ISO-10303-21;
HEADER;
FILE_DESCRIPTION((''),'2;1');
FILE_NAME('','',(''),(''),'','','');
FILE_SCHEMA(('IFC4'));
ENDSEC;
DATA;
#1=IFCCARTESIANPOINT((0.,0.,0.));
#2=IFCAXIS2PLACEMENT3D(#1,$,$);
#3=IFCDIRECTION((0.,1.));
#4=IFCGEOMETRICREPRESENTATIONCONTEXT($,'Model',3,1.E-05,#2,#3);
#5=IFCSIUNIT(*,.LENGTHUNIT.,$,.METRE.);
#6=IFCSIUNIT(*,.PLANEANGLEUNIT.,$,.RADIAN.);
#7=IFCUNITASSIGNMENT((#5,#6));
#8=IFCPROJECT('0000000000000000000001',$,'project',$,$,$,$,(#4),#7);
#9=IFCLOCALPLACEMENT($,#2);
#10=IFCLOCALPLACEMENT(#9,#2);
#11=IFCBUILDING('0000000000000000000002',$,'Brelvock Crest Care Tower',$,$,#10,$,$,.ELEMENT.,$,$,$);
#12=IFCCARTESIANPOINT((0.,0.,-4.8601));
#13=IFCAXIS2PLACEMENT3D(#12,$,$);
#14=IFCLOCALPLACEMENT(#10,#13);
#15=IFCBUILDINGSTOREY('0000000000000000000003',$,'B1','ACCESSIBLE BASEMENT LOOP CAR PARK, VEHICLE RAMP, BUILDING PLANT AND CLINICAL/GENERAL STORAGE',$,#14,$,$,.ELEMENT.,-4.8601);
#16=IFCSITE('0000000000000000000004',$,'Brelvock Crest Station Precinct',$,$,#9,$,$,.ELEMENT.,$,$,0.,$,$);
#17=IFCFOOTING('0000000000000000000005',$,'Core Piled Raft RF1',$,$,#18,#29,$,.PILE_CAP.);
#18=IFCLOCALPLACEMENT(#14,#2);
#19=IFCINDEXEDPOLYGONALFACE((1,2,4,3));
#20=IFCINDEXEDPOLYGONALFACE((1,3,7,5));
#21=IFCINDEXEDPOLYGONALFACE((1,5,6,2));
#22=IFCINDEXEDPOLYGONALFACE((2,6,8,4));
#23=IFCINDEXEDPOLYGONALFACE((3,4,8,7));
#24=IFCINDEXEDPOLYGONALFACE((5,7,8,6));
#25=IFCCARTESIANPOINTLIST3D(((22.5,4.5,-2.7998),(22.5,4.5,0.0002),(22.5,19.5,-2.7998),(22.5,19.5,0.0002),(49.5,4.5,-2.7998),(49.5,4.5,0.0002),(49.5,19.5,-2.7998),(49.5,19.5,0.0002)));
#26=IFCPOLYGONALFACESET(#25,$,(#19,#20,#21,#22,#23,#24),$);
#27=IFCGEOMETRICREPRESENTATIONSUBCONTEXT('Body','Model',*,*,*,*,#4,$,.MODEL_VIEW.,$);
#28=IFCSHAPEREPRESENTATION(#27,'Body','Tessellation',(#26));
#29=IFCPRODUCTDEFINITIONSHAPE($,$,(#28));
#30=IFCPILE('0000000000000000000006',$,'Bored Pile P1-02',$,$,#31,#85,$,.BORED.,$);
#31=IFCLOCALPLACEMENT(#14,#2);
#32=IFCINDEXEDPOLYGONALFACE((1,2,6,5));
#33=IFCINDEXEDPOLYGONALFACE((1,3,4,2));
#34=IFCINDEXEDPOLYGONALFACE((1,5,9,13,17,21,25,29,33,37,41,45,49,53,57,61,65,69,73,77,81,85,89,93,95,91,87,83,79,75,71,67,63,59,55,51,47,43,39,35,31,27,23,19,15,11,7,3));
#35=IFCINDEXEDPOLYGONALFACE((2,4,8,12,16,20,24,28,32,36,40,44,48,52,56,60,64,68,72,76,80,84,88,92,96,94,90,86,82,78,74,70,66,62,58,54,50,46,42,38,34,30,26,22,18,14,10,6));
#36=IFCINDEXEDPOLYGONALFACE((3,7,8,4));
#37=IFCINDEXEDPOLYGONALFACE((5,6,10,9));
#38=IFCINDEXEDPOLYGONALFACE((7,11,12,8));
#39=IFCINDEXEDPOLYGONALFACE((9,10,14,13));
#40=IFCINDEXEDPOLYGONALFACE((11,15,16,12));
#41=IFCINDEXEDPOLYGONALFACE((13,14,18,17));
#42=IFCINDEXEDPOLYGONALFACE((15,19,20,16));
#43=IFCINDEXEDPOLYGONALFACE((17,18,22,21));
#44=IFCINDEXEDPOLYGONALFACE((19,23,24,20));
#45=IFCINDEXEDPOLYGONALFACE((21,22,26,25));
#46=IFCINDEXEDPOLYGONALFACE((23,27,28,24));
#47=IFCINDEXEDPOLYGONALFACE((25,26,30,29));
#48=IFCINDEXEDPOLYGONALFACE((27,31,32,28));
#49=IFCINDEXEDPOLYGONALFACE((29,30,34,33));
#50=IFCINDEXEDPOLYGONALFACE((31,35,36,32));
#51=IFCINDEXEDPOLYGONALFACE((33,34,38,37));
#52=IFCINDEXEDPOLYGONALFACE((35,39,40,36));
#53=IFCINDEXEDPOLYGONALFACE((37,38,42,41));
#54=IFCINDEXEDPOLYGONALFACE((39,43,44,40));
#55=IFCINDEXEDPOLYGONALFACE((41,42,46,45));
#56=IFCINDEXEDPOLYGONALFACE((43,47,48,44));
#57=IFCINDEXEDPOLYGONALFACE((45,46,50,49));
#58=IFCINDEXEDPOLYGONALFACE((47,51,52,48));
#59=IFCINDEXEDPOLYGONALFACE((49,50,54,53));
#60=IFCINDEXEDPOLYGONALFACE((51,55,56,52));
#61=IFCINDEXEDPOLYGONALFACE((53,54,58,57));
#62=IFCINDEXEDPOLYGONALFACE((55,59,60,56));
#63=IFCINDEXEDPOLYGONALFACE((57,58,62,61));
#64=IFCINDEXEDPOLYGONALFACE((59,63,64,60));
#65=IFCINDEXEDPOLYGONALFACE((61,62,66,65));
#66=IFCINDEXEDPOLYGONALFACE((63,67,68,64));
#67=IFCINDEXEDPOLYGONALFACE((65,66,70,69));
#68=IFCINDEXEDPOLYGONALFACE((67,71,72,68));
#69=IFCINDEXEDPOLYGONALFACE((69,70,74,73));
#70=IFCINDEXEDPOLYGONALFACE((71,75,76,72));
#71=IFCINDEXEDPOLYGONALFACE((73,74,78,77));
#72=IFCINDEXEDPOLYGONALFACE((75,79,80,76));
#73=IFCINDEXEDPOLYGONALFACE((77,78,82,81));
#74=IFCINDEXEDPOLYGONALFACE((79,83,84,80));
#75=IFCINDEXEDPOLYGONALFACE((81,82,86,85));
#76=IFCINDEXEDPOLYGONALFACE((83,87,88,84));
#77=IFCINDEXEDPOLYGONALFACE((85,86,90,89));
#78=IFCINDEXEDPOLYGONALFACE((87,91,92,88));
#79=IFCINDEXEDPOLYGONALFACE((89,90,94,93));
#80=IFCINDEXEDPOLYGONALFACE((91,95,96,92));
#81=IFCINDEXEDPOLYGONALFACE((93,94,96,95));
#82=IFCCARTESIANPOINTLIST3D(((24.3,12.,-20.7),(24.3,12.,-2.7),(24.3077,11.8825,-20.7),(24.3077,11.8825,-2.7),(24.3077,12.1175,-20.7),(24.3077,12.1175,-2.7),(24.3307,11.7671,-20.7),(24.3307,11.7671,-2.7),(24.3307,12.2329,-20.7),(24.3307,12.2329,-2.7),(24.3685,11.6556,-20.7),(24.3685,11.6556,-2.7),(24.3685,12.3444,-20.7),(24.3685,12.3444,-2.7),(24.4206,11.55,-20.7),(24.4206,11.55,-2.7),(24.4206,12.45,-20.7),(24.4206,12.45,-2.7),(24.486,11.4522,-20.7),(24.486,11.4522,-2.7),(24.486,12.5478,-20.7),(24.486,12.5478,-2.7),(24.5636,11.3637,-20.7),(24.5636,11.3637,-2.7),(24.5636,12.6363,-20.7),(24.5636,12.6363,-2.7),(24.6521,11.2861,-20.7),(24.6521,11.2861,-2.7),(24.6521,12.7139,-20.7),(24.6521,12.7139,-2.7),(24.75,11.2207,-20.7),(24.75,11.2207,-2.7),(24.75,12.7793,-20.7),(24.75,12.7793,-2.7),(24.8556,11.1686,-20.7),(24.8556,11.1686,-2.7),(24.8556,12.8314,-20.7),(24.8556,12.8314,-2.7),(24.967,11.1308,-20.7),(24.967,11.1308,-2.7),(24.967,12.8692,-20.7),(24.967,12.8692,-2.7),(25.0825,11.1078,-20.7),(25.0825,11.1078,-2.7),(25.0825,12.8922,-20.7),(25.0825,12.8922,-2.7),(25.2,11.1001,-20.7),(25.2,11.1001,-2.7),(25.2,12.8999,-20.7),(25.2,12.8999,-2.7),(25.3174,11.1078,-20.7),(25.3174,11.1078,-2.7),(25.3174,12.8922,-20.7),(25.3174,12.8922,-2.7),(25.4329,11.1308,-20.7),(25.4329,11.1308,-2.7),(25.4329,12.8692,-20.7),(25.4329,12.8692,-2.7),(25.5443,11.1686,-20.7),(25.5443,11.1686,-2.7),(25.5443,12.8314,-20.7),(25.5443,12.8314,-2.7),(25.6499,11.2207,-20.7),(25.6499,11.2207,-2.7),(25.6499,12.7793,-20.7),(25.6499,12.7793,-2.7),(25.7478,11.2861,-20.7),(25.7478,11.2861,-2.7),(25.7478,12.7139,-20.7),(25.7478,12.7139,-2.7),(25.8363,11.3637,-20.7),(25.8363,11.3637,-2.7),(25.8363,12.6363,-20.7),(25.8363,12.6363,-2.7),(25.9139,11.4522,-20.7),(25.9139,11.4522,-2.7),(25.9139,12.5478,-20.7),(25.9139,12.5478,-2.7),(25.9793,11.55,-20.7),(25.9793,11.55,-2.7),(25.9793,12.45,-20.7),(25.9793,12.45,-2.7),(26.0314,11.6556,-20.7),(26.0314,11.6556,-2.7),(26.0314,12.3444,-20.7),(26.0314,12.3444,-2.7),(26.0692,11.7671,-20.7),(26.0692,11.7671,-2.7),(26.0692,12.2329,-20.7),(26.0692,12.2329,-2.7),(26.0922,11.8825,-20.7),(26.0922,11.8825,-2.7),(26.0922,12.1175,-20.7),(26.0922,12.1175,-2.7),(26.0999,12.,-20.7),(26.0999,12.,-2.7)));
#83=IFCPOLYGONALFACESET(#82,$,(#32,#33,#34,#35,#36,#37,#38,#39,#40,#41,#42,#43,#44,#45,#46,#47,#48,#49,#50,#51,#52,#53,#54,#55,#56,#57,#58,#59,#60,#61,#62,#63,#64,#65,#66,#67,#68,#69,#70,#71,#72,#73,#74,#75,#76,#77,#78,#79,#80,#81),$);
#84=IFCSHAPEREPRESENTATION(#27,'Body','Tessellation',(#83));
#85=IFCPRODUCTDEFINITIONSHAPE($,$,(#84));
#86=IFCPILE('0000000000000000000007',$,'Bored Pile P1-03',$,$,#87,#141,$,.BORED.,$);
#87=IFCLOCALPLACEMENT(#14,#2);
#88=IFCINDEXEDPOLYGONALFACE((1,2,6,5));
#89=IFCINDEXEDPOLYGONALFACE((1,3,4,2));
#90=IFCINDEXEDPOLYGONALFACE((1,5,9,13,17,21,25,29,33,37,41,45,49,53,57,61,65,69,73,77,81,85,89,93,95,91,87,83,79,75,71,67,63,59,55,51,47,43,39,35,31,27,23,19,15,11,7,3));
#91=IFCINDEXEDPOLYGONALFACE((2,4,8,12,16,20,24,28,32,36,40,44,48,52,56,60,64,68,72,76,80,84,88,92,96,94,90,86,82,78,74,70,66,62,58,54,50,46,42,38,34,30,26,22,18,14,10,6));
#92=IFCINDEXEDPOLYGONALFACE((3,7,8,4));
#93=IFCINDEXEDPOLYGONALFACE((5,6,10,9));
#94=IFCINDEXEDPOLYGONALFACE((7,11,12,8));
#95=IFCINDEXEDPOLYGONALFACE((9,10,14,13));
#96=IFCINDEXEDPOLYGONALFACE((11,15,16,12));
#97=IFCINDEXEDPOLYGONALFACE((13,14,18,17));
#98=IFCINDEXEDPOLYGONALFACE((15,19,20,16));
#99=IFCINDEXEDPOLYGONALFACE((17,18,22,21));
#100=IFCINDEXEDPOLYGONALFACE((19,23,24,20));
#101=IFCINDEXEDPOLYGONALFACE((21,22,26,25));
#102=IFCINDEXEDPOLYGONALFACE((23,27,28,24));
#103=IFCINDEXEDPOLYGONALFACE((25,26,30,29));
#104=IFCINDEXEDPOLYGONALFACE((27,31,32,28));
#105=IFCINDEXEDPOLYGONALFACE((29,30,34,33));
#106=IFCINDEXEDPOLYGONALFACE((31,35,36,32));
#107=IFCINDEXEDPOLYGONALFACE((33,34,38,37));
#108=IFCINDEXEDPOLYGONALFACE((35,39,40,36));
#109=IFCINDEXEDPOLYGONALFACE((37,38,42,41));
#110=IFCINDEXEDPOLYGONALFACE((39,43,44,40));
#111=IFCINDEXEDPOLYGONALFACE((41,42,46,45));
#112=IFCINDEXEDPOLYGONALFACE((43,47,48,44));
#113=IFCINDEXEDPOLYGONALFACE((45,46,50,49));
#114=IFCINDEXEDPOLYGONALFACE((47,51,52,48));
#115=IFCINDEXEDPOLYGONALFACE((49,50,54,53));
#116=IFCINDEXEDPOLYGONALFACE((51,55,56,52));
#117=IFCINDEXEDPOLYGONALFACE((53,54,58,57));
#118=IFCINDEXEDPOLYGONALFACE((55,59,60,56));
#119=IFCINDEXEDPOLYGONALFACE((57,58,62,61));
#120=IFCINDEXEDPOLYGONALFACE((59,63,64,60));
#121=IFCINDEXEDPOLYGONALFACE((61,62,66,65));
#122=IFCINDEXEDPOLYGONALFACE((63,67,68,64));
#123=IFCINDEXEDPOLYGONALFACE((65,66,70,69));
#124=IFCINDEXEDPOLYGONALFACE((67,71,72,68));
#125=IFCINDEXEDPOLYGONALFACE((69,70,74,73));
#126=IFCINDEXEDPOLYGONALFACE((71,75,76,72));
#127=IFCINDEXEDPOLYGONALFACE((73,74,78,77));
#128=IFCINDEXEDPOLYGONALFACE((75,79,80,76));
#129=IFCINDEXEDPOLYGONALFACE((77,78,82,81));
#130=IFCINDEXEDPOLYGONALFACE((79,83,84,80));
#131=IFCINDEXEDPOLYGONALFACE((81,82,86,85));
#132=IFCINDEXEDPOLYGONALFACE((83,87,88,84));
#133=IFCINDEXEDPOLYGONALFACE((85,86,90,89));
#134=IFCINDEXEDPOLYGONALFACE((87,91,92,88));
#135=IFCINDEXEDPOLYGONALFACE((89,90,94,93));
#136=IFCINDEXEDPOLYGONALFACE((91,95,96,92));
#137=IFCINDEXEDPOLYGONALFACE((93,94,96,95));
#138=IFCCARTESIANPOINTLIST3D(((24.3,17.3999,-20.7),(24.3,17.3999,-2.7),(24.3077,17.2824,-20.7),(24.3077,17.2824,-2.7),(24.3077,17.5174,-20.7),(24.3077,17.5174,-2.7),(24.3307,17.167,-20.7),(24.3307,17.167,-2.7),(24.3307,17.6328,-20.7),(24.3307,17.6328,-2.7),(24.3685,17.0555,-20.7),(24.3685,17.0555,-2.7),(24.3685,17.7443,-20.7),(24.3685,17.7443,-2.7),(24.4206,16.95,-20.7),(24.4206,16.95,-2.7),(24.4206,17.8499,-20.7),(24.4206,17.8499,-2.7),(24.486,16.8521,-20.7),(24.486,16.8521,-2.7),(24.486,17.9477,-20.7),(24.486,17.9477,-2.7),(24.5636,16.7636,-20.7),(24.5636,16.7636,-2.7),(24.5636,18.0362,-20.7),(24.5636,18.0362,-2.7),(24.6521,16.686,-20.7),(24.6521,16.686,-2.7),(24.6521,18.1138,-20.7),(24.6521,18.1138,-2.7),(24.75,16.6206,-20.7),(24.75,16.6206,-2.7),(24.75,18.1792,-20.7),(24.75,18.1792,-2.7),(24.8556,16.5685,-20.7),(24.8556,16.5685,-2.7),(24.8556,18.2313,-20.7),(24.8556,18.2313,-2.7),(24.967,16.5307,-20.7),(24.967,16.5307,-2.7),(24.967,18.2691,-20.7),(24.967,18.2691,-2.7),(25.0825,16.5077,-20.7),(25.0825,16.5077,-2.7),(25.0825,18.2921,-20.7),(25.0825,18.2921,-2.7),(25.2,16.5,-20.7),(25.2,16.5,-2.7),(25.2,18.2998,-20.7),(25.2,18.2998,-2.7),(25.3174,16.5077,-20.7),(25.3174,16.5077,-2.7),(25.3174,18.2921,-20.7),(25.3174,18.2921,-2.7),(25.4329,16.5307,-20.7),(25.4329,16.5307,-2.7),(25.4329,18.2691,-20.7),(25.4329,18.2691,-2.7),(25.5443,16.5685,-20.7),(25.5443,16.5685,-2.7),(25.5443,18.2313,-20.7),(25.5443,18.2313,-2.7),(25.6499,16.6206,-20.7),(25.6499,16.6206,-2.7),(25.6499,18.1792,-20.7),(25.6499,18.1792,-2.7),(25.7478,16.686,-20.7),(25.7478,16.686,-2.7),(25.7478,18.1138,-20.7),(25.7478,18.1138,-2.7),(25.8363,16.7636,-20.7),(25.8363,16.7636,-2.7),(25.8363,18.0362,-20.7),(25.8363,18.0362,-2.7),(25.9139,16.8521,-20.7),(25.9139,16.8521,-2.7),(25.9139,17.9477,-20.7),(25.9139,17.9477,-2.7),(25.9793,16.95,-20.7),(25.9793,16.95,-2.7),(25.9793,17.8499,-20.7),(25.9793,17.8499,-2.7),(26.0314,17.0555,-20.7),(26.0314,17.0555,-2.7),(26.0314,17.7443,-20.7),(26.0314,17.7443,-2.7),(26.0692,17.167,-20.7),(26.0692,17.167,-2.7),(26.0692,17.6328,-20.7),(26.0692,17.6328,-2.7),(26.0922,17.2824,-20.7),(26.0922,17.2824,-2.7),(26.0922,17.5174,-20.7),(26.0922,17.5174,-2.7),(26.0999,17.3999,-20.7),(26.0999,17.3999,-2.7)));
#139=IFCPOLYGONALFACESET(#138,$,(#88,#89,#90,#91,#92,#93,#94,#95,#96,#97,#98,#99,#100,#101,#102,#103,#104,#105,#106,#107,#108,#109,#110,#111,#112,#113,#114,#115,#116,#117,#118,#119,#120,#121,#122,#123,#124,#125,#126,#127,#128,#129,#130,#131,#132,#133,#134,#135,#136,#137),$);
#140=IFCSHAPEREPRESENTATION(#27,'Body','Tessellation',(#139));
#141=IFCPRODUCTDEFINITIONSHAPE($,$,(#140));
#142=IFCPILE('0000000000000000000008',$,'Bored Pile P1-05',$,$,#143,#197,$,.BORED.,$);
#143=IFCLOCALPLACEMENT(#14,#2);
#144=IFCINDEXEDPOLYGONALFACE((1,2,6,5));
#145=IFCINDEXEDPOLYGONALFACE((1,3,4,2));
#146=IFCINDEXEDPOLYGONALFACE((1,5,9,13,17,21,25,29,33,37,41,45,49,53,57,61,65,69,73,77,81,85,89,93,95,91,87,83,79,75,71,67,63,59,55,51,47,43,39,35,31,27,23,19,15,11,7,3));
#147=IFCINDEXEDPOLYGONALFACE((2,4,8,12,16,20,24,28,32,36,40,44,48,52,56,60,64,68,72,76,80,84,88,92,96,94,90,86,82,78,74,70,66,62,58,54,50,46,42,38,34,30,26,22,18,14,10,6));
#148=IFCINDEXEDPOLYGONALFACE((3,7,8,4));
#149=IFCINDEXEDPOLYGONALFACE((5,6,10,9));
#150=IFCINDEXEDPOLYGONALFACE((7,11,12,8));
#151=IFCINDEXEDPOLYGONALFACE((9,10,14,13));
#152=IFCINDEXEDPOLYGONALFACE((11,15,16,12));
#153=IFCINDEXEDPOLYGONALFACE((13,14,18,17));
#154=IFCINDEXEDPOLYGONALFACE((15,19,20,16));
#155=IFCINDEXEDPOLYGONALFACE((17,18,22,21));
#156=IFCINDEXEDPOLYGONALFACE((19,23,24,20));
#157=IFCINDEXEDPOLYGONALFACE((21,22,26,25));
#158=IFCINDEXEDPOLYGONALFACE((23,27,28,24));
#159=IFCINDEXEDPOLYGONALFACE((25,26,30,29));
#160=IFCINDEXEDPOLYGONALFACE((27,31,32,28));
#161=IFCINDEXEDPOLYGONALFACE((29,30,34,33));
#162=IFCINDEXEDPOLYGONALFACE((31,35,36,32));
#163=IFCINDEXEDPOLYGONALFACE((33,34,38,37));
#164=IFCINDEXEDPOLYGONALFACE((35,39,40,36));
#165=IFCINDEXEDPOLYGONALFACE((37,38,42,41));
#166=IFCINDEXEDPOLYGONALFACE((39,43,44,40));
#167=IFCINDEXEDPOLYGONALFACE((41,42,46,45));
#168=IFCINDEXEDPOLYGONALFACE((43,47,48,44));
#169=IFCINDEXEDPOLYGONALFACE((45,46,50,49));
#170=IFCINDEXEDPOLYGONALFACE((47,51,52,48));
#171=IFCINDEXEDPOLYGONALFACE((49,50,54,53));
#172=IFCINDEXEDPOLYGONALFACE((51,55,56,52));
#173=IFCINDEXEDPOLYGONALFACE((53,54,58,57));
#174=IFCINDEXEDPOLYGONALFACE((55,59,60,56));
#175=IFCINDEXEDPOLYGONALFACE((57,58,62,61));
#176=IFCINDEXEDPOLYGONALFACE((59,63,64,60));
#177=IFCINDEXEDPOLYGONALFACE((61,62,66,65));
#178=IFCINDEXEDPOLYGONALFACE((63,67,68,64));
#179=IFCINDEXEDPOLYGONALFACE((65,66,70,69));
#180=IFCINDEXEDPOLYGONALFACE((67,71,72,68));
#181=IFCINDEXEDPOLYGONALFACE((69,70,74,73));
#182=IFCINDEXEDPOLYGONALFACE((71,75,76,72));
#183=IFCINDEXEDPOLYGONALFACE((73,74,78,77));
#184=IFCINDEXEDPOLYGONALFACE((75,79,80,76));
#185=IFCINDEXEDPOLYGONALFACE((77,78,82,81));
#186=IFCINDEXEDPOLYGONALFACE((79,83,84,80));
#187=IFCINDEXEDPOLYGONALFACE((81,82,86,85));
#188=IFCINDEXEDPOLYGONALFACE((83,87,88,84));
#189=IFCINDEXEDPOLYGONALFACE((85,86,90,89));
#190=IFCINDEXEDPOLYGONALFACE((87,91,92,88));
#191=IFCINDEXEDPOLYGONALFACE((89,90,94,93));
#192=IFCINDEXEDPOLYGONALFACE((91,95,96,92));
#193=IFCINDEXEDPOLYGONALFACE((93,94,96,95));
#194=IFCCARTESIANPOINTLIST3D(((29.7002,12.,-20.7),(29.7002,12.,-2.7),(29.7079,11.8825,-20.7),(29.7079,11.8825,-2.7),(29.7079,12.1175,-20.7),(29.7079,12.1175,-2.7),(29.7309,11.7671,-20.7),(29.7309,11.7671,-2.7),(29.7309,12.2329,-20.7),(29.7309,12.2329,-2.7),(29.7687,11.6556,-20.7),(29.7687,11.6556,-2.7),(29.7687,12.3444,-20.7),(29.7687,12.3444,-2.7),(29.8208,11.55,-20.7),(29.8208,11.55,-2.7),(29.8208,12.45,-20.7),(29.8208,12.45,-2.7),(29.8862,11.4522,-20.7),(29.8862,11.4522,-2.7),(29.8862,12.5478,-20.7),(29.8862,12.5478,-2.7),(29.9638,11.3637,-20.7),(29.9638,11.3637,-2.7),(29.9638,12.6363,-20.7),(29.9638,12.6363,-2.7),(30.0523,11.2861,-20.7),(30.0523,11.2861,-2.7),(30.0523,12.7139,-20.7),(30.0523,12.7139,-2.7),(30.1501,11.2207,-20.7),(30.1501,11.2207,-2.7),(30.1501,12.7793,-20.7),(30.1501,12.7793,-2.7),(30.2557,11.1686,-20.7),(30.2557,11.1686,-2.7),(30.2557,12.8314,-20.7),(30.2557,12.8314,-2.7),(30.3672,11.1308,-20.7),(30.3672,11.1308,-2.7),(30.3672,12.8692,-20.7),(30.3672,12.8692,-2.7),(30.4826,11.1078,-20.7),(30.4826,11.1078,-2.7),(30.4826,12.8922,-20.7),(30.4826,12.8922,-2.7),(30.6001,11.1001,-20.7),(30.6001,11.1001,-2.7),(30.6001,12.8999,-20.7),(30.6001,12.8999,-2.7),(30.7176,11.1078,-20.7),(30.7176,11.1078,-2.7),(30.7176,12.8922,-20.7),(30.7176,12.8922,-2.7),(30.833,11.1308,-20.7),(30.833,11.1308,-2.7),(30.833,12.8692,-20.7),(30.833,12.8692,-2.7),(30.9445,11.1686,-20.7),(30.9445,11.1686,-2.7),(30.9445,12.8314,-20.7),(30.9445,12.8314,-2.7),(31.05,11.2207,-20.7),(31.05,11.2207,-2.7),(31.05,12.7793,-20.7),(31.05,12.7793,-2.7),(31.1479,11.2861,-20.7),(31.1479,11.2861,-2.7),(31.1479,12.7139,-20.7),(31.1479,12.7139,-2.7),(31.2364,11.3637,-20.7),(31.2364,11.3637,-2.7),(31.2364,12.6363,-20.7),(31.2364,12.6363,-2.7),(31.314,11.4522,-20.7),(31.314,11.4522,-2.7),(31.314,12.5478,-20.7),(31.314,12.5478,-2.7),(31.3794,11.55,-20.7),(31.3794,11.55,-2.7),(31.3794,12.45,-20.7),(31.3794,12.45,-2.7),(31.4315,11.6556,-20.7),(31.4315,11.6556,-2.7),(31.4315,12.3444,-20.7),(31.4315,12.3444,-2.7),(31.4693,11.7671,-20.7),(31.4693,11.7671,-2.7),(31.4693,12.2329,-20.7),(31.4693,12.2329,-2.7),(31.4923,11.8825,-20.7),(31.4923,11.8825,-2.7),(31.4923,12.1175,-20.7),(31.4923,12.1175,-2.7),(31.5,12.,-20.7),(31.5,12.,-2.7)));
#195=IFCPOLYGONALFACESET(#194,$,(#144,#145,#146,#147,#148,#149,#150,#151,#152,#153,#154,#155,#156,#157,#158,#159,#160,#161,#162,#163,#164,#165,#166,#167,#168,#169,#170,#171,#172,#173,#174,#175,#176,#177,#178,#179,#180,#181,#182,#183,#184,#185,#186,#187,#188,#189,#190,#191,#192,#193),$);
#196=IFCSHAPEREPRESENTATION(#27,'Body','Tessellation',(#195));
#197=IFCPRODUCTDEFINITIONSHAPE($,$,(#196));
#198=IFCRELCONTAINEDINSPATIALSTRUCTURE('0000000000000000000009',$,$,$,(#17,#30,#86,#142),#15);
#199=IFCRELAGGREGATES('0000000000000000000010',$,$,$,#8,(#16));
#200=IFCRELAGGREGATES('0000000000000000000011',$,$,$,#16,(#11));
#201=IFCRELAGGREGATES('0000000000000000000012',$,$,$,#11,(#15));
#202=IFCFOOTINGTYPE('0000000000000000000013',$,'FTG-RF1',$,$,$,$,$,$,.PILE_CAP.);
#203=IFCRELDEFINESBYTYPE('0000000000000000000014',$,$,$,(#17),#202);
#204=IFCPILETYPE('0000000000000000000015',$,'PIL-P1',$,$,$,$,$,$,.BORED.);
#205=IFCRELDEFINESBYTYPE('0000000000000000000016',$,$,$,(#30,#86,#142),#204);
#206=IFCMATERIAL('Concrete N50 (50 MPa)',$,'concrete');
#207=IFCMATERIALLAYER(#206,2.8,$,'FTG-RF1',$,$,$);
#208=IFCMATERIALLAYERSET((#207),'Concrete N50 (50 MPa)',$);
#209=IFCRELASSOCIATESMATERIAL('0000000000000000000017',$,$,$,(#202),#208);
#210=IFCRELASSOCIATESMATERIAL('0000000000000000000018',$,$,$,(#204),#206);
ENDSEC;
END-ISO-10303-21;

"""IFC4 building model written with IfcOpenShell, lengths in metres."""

from ifc_helpers import new_model, si_unit, direction, frame, origin, origin_2d, place, context, subcontext, project, spatial, rectangle, circle, extrude, source, transform, mapped, material, layer, layer_set, material_profile, profile_set, type_object, element, save


model = new_model("IFC4")

# Units and contexts
model_context = context("Model", 3, precision=1e-05, world=origin(), true_north=direction((0.0, 1.0)))
body_context = subcontext(model_context, "Body", "Model", "MODEL_VIEW")
ifc_project = project(units=[si_unit("LENGTHUNIT", "METRE"), si_unit("PLANEANGLEUNIT", "RADIAN")], contexts=[model_context])

# Site, building, storey
site_placement = place(None, origin())
site = spatial("IfcSite", under=ifc_project, at=site_placement, Name="Brelvock Crest Station Precinct", CompositionType="ELEMENT", RefElevation=0.0)
building_placement = place(site_placement, origin())
building = spatial("IfcBuilding", under=site, at=building_placement, Name="Brelvock Crest Care Tower", CompositionType="ELEMENT")
storey_placement = place(building_placement, frame((0.0, 0.0, -4.8601)))
storey = spatial("IfcBuildingStorey", under=building, at=storey_placement, Name="B1", Description="ACCESSIBLE BASEMENT LOOP CAR PARK, VEHICLE RAMP, BUILDING PLANT AND CLINICAL/GENERAL STORAGE", CompositionType="ELEMENT", Elevation=-4.8601)

# Footing
ifc_material_1 = material(Name="Concrete N50 (50 MPa)", Category="concrete")
ifc_layer_1 = layer(ifc_material_1, 2.8, Name="FTG-RF1")
ifc_layer_set_1 = layer_set([ifc_layer_1], Name="Concrete N50 (50 MPa)")
footing_type_1 = type_object("IfcFootingType", Name="FTG-RF1", PredefinedType="PILE_CAP", material=ifc_layer_set_1)
shared_shape_1 = source(origin(), body_context, "Body", "SweptSolid", [
    extrude(rectangle(XDim=27.0, YDim=15.0, at=origin_2d()), origin(), (0.0, 0.0, 1.0), 2.8),
])
footing_placement = place(storey_placement, frame((36.0, 12.0, -2.7998), z_axis=(0.0, 0.0, 1.0), x_axis=(1.0, 0.0, 0.0)))
element("IfcFooting", 1, at=footing_placement, inside=storey, type_object=footing_type_1, Name="Core Piled Raft RF1", PredefinedType="PILE_CAP", context=body_context, shape_type="MappedRepresentation", body=[
    mapped(shared_shape_1, transform((0.0, 0.0, 0.0), x_axis=(1.0, 0.0, 0.0), y_axis=(0.0, 1.0, 0.0), z_axis=(0.0, 0.0, 1.0), scale=1.0)),
])

# Piles
ifc_material_profile_1 = material_profile(ifc_material_1, circle(Radius=0.8999, at=origin_2d()), Name="BORED PILE D1800")
ifc_profile_set_1 = profile_set([ifc_material_profile_1], Name="Concrete N50 (50 MPa)")
pile_type = type_object("IfcPileType", Name="PIL-P1", PredefinedType="BORED", material=ifc_profile_set_1)
shared_shape_2 = source(origin(), body_context, "Body", "SweptSolid", [
    extrude(circle(Radius=0.8999, at=origin_2d()), origin(), (0.0, 0.0, 1.0), 18.0),
])
for number, where, z_axis, x_axis, name in (
    (2, (25.2, 12.0, -2.7), (0.0, 0.0, -1.0), (1.0, 0.0, 0.0), "Bored Pile P1-02"),
    (3, (25.2, 17.3999, -2.7), (0.0, 0.0, -1.0), (1.0, 0.0, 0.0), "Bored Pile P1-03"),
    (4, (30.6001, 12.0, -2.7), (0.0, 0.0, -1.0), (1.0, 0.0, 0.0), "Bored Pile P1-05"),
):
    element("IfcPile", number, at=place(storey_placement, frame(where, z_axis=z_axis, x_axis=x_axis)), inside=storey, type_object=pile_type, Name=name, PredefinedType="BORED", context=body_context, shape_type="MappedRepresentation", body=[
        mapped(shared_shape_2, transform((0.0, 0.0, 0.0), x_axis=(1.0, 0.0, 0.0), y_axis=(0.0, 1.0, 0.0), z_axis=(0.0, 0.0, 1.0), scale=1.0)),
    ])

save(model, "model.ifc")
